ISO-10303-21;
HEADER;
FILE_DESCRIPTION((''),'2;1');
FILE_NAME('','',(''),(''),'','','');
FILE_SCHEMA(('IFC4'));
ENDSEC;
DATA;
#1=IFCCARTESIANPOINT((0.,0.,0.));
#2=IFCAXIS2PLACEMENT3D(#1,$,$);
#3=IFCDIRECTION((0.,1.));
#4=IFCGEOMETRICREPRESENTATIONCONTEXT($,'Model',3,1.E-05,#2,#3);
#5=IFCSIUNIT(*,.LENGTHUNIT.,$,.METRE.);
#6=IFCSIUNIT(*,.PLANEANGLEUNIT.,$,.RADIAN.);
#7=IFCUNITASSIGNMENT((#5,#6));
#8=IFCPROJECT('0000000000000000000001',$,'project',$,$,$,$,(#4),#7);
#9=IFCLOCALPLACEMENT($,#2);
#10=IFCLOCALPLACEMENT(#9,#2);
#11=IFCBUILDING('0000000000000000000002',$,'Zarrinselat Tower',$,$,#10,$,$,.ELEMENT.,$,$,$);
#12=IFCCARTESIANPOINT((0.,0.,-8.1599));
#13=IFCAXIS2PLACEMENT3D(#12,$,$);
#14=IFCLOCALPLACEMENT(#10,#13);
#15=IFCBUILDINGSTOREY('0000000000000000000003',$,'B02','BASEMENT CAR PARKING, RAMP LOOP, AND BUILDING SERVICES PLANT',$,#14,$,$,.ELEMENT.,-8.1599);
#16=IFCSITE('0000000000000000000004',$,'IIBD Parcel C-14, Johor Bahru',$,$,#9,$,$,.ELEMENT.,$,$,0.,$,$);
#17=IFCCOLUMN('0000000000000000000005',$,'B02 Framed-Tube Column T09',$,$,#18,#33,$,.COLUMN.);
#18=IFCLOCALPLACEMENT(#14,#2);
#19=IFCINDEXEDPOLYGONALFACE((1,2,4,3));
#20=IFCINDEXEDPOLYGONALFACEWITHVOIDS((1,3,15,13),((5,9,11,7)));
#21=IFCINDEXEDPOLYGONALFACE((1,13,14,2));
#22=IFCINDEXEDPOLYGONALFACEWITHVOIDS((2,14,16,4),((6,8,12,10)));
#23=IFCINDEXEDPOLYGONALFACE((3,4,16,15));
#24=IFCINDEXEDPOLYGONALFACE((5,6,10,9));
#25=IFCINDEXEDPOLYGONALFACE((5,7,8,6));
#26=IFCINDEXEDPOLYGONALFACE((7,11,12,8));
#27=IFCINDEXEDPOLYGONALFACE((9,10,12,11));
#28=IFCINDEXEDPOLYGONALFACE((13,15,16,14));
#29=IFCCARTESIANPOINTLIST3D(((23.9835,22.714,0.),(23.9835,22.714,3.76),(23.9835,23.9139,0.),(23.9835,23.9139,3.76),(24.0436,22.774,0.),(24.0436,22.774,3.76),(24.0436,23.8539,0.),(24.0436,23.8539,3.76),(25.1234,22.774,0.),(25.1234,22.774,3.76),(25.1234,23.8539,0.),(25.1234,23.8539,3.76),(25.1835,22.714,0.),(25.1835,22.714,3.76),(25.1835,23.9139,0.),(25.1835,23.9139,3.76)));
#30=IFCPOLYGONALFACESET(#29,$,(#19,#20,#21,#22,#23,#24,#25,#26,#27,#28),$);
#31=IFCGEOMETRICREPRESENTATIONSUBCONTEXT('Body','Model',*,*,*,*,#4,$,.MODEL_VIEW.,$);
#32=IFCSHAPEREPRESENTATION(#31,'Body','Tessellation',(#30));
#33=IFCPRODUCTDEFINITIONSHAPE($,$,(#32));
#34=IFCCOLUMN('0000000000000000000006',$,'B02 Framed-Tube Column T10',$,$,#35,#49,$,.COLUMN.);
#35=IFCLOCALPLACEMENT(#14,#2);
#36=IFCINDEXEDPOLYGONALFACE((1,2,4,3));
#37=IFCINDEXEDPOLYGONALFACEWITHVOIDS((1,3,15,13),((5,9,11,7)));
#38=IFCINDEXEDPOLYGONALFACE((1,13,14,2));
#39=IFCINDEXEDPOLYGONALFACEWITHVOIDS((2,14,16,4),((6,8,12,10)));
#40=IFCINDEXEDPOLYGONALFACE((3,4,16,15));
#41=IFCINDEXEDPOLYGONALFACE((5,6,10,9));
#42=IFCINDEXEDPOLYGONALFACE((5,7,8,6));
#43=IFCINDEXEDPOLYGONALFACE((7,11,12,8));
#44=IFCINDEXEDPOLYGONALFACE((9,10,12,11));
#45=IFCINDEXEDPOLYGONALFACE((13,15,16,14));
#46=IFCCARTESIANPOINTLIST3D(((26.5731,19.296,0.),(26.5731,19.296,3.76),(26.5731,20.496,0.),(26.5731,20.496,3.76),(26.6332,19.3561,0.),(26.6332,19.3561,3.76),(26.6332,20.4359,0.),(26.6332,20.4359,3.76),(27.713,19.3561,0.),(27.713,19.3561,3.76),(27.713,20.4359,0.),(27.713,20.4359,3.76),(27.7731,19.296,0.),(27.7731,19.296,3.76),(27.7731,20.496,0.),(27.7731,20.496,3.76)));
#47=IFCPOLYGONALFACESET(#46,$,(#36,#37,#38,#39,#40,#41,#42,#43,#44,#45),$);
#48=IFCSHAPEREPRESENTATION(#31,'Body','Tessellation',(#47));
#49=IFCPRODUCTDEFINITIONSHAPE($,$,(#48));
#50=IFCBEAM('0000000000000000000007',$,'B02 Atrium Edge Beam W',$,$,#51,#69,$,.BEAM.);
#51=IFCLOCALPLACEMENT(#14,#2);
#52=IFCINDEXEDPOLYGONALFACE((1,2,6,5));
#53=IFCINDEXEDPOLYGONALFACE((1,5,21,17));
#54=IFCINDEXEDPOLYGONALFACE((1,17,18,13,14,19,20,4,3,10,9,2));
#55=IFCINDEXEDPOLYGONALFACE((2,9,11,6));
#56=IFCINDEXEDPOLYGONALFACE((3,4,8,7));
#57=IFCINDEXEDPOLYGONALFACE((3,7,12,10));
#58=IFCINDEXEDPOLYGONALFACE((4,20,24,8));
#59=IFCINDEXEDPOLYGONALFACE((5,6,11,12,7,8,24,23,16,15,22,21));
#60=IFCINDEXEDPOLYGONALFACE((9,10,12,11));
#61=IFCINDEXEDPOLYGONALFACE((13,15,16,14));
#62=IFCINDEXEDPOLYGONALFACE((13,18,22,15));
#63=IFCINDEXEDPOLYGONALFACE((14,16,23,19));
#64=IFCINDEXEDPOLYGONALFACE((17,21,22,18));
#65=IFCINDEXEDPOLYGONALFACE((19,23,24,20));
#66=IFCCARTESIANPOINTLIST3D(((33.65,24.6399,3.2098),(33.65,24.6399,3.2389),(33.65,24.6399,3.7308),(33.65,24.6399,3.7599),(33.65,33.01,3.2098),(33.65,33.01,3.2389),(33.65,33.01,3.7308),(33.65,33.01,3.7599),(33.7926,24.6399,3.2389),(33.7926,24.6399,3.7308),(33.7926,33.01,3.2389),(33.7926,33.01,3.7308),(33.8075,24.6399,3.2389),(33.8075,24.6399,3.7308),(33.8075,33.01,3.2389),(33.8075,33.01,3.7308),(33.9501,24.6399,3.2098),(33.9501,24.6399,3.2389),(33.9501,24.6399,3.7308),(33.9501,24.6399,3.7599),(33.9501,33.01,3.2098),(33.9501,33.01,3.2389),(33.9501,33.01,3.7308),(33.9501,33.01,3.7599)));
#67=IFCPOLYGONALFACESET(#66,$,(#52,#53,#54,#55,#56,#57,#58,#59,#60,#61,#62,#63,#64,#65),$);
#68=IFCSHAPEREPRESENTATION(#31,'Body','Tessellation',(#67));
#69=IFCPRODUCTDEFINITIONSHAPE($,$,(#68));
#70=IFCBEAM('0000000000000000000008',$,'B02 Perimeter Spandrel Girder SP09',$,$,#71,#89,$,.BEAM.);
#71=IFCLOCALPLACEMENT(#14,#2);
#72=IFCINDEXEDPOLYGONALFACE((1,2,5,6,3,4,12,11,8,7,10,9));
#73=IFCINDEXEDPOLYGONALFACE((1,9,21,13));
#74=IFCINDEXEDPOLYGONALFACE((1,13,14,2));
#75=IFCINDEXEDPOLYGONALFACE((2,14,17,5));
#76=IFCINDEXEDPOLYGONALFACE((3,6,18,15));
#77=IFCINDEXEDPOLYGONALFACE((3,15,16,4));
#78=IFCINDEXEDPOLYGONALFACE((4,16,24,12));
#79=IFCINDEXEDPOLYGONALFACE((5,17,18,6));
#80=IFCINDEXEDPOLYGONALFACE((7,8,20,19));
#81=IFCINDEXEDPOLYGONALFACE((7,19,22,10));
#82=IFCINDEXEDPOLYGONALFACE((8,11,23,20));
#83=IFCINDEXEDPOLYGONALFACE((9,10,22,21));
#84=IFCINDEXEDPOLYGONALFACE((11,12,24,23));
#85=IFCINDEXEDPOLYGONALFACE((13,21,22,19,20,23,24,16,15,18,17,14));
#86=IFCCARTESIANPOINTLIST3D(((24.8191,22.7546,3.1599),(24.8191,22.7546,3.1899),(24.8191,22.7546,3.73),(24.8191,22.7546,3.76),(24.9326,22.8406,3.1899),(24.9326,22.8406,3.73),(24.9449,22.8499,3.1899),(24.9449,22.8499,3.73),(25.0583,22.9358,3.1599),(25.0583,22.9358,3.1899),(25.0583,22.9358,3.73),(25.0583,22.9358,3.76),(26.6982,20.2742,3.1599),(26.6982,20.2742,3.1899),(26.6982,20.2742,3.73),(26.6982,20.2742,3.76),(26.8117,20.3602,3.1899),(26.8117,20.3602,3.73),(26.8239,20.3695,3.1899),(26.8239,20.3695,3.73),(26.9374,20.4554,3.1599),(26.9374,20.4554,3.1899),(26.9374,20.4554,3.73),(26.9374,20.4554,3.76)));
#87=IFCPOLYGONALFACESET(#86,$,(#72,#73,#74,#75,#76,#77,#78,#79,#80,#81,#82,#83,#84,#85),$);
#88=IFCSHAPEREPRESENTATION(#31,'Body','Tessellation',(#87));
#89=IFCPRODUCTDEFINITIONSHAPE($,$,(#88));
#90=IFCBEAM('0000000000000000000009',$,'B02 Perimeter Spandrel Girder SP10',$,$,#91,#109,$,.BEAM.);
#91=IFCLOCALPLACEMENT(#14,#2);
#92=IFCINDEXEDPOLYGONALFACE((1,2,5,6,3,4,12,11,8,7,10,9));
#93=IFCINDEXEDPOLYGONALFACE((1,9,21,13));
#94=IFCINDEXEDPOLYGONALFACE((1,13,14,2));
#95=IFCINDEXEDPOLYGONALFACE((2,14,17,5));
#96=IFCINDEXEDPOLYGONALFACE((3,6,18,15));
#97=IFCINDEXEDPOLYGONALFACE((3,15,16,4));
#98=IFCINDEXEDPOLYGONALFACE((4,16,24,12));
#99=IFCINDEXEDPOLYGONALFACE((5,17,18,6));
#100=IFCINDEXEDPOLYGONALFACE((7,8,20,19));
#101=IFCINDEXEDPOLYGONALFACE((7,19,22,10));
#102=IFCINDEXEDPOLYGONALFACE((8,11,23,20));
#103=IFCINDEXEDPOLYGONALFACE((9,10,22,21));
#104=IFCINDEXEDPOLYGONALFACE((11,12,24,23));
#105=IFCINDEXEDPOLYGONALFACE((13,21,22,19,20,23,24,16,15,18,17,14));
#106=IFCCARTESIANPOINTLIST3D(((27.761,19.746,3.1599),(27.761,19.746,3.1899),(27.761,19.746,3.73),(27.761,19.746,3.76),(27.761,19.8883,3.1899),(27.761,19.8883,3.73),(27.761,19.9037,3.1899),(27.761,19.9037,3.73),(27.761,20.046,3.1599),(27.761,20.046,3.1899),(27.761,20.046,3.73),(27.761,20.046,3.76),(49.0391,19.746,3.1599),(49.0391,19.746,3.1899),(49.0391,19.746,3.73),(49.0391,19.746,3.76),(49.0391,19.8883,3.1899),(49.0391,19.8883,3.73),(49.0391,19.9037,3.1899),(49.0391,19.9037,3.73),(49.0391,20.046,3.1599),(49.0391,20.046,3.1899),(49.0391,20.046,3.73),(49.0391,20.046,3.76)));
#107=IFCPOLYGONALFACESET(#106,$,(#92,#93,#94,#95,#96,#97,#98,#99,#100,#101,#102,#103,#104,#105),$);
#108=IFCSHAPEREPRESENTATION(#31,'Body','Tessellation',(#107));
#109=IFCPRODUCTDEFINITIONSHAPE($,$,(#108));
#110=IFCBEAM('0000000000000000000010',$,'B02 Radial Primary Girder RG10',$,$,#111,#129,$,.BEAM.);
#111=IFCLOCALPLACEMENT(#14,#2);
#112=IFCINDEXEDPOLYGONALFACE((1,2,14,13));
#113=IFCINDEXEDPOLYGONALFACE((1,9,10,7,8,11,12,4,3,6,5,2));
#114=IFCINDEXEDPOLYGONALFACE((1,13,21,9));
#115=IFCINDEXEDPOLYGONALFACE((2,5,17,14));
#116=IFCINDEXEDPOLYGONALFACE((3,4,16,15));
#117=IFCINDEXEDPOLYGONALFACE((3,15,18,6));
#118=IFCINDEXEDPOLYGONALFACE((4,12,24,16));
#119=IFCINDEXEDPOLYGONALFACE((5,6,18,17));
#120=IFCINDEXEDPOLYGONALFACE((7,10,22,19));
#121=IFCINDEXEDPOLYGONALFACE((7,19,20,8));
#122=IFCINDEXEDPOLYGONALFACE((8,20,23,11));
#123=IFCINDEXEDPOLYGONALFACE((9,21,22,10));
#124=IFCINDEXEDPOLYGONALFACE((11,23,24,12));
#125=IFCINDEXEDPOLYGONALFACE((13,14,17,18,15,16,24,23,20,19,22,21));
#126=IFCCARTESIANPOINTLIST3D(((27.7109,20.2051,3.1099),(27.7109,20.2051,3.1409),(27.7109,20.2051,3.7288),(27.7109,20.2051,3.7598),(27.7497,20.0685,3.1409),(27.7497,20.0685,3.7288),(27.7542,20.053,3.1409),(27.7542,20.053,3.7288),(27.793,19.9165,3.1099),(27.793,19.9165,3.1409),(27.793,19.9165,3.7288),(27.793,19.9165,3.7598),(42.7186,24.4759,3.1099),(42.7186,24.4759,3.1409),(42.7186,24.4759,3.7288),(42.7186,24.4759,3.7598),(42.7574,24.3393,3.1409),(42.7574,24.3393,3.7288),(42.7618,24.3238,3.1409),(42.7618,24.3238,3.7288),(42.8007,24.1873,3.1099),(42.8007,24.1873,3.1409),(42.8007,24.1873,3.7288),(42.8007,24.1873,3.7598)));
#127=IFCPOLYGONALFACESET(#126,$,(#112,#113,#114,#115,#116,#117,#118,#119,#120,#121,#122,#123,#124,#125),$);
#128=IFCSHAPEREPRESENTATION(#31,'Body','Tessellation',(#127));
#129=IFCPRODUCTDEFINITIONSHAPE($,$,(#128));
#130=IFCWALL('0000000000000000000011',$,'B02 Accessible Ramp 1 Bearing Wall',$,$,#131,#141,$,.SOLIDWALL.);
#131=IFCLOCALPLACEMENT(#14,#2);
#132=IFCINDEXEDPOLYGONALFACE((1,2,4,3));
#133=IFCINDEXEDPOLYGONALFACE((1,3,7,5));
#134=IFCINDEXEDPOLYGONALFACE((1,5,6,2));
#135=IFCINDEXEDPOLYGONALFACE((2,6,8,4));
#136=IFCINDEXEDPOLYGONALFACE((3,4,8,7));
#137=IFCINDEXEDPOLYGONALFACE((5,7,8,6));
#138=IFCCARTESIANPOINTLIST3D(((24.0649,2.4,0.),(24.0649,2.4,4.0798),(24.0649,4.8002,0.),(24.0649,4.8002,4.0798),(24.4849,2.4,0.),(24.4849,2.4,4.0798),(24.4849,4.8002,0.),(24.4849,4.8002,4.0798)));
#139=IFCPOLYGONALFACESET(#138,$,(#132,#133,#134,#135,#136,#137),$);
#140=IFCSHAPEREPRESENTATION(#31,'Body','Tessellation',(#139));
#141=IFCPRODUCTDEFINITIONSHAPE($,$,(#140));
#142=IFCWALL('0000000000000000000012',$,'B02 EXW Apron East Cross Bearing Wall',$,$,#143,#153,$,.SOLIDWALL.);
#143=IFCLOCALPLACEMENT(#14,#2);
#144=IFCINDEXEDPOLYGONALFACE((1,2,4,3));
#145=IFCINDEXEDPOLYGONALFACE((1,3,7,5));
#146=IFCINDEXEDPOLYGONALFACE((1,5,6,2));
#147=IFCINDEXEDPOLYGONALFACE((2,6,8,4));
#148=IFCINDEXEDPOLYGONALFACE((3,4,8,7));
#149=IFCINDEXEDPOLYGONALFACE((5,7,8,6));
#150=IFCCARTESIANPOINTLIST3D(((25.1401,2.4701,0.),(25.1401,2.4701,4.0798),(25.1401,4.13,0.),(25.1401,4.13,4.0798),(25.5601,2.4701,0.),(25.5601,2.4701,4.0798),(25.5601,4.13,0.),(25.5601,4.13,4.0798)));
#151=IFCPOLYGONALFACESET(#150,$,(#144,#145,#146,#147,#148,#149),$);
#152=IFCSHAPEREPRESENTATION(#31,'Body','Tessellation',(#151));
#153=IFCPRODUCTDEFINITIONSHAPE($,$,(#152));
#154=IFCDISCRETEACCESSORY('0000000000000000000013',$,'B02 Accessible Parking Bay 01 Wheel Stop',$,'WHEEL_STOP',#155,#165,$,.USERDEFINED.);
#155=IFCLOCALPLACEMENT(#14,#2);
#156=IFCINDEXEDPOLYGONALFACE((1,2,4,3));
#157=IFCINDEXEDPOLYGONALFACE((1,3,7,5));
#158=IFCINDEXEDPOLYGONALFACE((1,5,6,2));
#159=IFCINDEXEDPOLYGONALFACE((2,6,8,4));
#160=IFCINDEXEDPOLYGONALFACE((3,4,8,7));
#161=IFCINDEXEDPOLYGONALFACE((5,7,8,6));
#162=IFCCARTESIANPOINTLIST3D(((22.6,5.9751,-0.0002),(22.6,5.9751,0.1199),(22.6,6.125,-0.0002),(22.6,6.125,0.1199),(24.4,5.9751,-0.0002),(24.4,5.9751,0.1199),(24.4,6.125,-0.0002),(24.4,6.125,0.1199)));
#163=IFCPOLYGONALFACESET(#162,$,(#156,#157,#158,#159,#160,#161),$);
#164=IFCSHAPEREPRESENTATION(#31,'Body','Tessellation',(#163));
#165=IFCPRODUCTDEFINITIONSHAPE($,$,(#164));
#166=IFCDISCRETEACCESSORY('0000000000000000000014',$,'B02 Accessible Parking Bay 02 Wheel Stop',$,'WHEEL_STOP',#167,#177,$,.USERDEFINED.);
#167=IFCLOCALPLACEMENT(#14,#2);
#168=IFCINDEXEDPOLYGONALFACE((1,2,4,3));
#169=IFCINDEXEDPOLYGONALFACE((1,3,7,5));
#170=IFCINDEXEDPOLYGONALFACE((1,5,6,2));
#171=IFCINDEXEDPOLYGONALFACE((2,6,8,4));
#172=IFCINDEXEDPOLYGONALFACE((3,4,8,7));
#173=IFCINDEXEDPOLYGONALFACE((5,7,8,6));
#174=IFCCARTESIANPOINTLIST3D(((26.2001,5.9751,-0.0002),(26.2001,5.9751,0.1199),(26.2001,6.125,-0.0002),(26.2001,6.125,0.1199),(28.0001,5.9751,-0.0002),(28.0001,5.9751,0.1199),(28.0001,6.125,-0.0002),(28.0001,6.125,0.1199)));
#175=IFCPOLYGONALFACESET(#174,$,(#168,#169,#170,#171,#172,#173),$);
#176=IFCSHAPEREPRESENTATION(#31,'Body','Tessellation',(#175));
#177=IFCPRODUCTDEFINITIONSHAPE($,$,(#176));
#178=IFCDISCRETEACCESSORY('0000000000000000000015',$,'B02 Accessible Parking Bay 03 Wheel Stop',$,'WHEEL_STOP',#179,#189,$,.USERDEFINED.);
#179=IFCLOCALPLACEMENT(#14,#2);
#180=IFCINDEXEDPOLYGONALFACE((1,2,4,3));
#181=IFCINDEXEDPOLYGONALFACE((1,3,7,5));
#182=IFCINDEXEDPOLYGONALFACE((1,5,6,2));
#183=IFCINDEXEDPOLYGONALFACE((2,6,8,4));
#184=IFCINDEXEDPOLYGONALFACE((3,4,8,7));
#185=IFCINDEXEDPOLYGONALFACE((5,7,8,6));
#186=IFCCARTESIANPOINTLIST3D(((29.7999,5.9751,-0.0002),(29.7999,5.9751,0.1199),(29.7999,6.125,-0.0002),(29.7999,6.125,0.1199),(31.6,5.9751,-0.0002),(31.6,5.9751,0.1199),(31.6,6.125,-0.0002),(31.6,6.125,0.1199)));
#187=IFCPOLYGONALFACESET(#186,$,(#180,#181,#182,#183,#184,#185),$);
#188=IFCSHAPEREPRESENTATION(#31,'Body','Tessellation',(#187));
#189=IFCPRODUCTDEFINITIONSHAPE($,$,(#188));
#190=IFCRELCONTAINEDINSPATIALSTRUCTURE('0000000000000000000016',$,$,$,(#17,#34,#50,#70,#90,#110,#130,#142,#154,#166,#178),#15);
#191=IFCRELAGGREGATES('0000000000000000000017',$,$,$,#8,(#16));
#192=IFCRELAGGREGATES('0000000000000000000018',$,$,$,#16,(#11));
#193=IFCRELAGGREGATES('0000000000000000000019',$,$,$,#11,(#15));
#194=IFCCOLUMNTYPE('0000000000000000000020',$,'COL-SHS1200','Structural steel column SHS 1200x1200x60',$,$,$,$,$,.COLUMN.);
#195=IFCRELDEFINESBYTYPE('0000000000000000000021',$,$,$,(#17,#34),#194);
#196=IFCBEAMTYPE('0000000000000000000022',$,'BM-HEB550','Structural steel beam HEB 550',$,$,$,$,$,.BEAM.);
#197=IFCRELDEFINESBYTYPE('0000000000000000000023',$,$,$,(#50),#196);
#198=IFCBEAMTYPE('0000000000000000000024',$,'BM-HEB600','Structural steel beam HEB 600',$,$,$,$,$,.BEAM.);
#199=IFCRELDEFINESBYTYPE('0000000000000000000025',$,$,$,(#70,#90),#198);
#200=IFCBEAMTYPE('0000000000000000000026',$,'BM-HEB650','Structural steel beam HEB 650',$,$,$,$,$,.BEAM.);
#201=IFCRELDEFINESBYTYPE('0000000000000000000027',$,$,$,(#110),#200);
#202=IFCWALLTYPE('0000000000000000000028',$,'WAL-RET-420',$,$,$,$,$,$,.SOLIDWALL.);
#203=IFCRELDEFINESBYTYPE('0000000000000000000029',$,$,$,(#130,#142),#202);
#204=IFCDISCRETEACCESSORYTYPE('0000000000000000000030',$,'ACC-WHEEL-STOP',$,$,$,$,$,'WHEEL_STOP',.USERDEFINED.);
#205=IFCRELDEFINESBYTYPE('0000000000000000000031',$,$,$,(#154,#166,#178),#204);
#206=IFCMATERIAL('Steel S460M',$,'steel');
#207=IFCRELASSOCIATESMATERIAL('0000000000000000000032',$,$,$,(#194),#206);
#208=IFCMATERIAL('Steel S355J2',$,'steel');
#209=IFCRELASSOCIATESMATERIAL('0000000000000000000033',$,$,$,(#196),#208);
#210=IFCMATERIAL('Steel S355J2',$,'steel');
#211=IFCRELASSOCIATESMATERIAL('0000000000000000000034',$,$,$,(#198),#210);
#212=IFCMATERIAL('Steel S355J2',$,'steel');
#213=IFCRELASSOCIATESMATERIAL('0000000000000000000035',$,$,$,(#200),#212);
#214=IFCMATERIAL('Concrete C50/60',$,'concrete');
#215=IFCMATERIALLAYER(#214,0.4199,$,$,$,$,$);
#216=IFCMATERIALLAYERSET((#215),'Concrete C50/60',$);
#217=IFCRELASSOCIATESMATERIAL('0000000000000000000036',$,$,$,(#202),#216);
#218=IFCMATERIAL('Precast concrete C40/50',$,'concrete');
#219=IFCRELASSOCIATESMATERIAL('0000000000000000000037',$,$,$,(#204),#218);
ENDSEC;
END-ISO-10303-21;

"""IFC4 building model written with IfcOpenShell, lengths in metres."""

from ifc_helpers import new_model, si_unit, direction, frame, frame_2d, origin, origin_2d, place, context, subcontext, project, spatial, rectangle, hollow_rectangle, i_section, extrude, material, layer, layer_set, material_profile, profile_set, type_object, element, save


model = new_model("IFC4")

# Units and contexts
model_context = context("Model", 3, precision=1e-05, world=origin(), true_north=direction((0.0, 1.0)))
body_context = subcontext(model_context, "Body", "Model", "MODEL_VIEW")
ifc_project = project(units=[si_unit("LENGTHUNIT", "METRE"), si_unit("PLANEANGLEUNIT", "RADIAN")], contexts=[model_context])

# Site, building, storey
site_placement = place(None, origin())
site = spatial("IfcSite", under=ifc_project, at=site_placement, Name="IIBD Parcel C-14, Johor Bahru", CompositionType="ELEMENT", RefElevation=0.0)
building_placement = place(site_placement, origin())
building = spatial("IfcBuilding", under=site, at=building_placement, Name="Zarrinselat Tower", CompositionType="ELEMENT")
storey_placement = place(building_placement, frame((0.0, 0.0, -8.1599)))
storey = spatial("IfcBuildingStorey", under=building, at=storey_placement, Name="B02", Description="BASEMENT CAR PARKING, RAMP LOOP, AND BUILDING SERVICES PLANT", CompositionType="ELEMENT", Elevation=-8.1599)

# Columns
ifc_material_1 = material(Name="Steel S460M", Category="steel")
ifc_material_profile_1 = material_profile(ifc_material_1, hollow_rectangle(XDim=1.2, YDim=1.2, WallThickness=0.0601, at=origin_2d()), Name="SHS 1200x1200x60")
ifc_profile_set_1 = profile_set([ifc_material_profile_1], Name="Steel S460M")
column_type_1 = type_object("IfcColumnType", Name="COL-SHS1200", Description="Structural steel column SHS 1200x1200x60", PredefinedType="COLUMN", material=ifc_profile_set_1)
for number, where, z_axis, x_axis, name in (
    (1, (24.5835, 23.314, 0.0), (0.0, 0.0, 1.0), (1.0, 0.0, 0.0), "B02 Framed-Tube Column T09"),
    (2, (27.1731, 19.896, 0.0), (0.0, 0.0, 1.0), (1.0, 0.0, 0.0), "B02 Framed-Tube Column T10"),
):
    element("IfcColumn", number, at=place(storey_placement, frame(where, z_axis=z_axis, x_axis=x_axis)), inside=storey, type_object=column_type_1, Name=name, PredefinedType="COLUMN", context=body_context, shape_type="SweptSolid", body=[
        extrude(hollow_rectangle(XDim=1.2, YDim=1.2, WallThickness=0.0601, at=origin_2d()), origin(), (0.0, 0.0, 1.0), 3.76),
    ])

# Beams
ifc_material_2 = material(Name="Steel S355J2", Category="steel")
ifc_material_profile_2 = material_profile(ifc_material_2, i_section(OverallWidth=0.3, OverallDepth=0.55, WebThickness=0.0149, FlangeThickness=0.0291, at=origin_2d()), Name="HEB 550")
ifc_profile_set_2 = profile_set([ifc_material_profile_2], Name="Steel S355J2")
beam_type_1 = type_object("IfcBeamType", Name="BM-HEB550", Description="Structural steel beam HEB 550", PredefinedType="BEAM", material=ifc_profile_set_2)
beam_1_placement = place(storey_placement, frame((33.8, 24.6399, 3.4849), z_axis=(0.0, 1.0, 0.0), x_axis=(-1.0, 0.0, 0.0)))
element("IfcBeam", 3, at=beam_1_placement, inside=storey, type_object=beam_type_1, Name="B02 Atrium Edge Beam W", PredefinedType="BEAM", context=body_context, shape_type="SweptSolid", body=[
    extrude(i_section(OverallWidth=0.3, OverallDepth=0.55, WebThickness=0.0149, FlangeThickness=0.0291, at=origin_2d()), origin(), (0.0, 0.0, 1.0), 8.3701),
])
ifc_material_3 = material(Name="Steel S355J2", Category="steel")
ifc_material_profile_3 = material_profile(ifc_material_3, i_section(OverallWidth=0.3, OverallDepth=0.6001, WebThickness=0.0154, FlangeThickness=0.03, at=origin_2d()), Name="HEB 600")
ifc_profile_set_3 = profile_set([ifc_material_profile_3], Name="Steel S355J2")
beam_type_2 = type_object("IfcBeamType", Name="BM-HEB600", Description="Structural steel beam HEB 600", PredefinedType="BEAM", material=ifc_profile_set_3)
beam_2_placement = place(storey_placement, frame((24.9387, 22.8452, 3.46), z_axis=(0.603859, -0.797091, 0.0), x_axis=(0.797091, 0.603859, 0.0)))
element("IfcBeam", 4, at=beam_2_placement, inside=storey, type_object=beam_type_2, Name="B02 Perimeter Spandrel Girder SP09", PredefinedType="BEAM", context=body_context, shape_type="SweptSolid", body=[
    extrude(i_section(OverallWidth=0.3, OverallDepth=0.6001, WebThickness=0.0154, FlangeThickness=0.03, at=origin_2d()), origin(), (0.0, 0.0, 1.0), 3.1118),
])
beam_3_placement = place(storey_placement, frame((27.761, 19.896, 3.46), z_axis=(1.0, 0.0, 0.0), x_axis=(0.0, 1.0, 0.0)))
element("IfcBeam", 5, at=beam_3_placement, inside=storey, type_object=beam_type_2, Name="B02 Perimeter Spandrel Girder SP10", PredefinedType="BEAM", context=body_context, shape_type="SweptSolid", body=[
    extrude(i_section(OverallWidth=0.3, OverallDepth=0.6001, WebThickness=0.0154, FlangeThickness=0.03, at=origin_2d()), origin(), (0.0, 0.0, 1.0), 21.2781),
])
ifc_material_4 = material(Name="Steel S355J2", Category="steel")
ifc_material_profile_4 = material_profile(ifc_material_4, i_section(OverallWidth=0.3, OverallDepth=0.6499, WebThickness=0.0161, FlangeThickness=0.031, at=origin_2d()), Name="HEB 650")
ifc_profile_set_4 = profile_set([ifc_material_profile_4], Name="Steel S355J2")
beam_type_3 = type_object("IfcBeamType", Name="BM-HEB650", Description="Structural steel beam HEB 650", PredefinedType="BEAM", material=ifc_profile_set_4)
beam_4_placement = place(storey_placement, frame((27.752, 20.0608, 3.4348), z_axis=(0.961813, 0.273706, 0.0), x_axis=(-0.273706, 0.961813, 0.0)))
element("IfcBeam", 6, at=beam_4_placement, inside=storey, type_object=beam_type_3, Name="B02 Radial Primary Girder RG10", PredefinedType="BEAM", context=body_context, shape_type="SweptSolid", body=[
    extrude(i_section(OverallWidth=0.3, OverallDepth=0.6499, WebThickness=0.0161, FlangeThickness=0.031, at=origin_2d()), origin(), (0.0, 0.0, 1.0), 15.6035),
])

# Walls
ifc_material_5 = material(Name="Concrete C50/60", Category="concrete")
ifc_layer = layer(ifc_material_5, 0.4199)
ifc_layer_set = layer_set([ifc_layer], Name="Concrete C50/60")
wall_type = type_object("IfcWallType", Name="WAL-RET-420", PredefinedType="SOLIDWALL", material=ifc_layer_set)
wall_1_placement = place(storey_placement, frame((24.2749, 2.3999, 0.0), z_axis=(0.0, 0.0, 1.0), x_axis=(0.0, 1.0, 0.0)))
element("IfcWall", 7, at=wall_1_placement, inside=storey, type_object=wall_type, Name="B02 Accessible Ramp 1 Bearing Wall", PredefinedType="SOLIDWALL", context=body_context, shape_type="SweptSolid", body=[
    extrude(rectangle(XDim=2.4001, YDim=0.4199, at=frame_2d((1.2002, 0.0))), origin(), (0.0, 0.0, 1.0), 4.0798),
])
wall_2_placement = place(storey_placement, frame((25.3501, 2.47, 0.0), z_axis=(0.0, 0.0, 1.0), x_axis=(0.0, 1.0, 0.0)))
element("IfcWall", 8, at=wall_2_placement, inside=storey, type_object=wall_type, Name="B02 EXW Apron East Cross Bearing Wall", PredefinedType="SOLIDWALL", context=body_context, shape_type="SweptSolid", body=[
    extrude(rectangle(XDim=1.6599, YDim=0.4199, at=frame_2d((0.8301, 0.0))), origin(), (0.0, 0.0, 1.0), 4.0798),
])

# Discrete accessories
ifc_material_6 = material(Name="Precast concrete C40/50", Category="concrete")
discrete_accessory_type = type_object("IfcDiscreteAccessoryType", Name="ACC-WHEEL-STOP", ElementType="WHEEL_STOP", PredefinedType="USERDEFINED", material=ifc_material_6)
for number, where, z_axis, x_axis, name in (
    (9, (23.5, 6.05, -0.0002), (0.0, 0.0, 1.0), (1.0, 0.0, 0.0), "B02 Accessible Parking Bay 01 Wheel Stop"),
    (10, (27.1001, 6.05, -0.0002), (0.0, 0.0, 1.0), (1.0, 0.0, 0.0), "B02 Accessible Parking Bay 02 Wheel Stop"),
    (11, (30.7, 6.05, -0.0002), (0.0, 0.0, 1.0), (1.0, 0.0, 0.0), "B02 Accessible Parking Bay 03 Wheel Stop"),
):
    element("IfcDiscreteAccessory", number, at=place(storey_placement, frame(where, z_axis=z_axis, x_axis=x_axis)), inside=storey, type_object=discrete_accessory_type, Name=name, ObjectType="WHEEL_STOP", PredefinedType="USERDEFINED", context=body_context, shape_type="SweptSolid", body=[
        extrude(rectangle(XDim=1.8, YDim=0.1499, at=origin_2d()), origin(), (0.0, 0.0, 1.0), 0.1201),
    ])

save(model, "model.ifc")
